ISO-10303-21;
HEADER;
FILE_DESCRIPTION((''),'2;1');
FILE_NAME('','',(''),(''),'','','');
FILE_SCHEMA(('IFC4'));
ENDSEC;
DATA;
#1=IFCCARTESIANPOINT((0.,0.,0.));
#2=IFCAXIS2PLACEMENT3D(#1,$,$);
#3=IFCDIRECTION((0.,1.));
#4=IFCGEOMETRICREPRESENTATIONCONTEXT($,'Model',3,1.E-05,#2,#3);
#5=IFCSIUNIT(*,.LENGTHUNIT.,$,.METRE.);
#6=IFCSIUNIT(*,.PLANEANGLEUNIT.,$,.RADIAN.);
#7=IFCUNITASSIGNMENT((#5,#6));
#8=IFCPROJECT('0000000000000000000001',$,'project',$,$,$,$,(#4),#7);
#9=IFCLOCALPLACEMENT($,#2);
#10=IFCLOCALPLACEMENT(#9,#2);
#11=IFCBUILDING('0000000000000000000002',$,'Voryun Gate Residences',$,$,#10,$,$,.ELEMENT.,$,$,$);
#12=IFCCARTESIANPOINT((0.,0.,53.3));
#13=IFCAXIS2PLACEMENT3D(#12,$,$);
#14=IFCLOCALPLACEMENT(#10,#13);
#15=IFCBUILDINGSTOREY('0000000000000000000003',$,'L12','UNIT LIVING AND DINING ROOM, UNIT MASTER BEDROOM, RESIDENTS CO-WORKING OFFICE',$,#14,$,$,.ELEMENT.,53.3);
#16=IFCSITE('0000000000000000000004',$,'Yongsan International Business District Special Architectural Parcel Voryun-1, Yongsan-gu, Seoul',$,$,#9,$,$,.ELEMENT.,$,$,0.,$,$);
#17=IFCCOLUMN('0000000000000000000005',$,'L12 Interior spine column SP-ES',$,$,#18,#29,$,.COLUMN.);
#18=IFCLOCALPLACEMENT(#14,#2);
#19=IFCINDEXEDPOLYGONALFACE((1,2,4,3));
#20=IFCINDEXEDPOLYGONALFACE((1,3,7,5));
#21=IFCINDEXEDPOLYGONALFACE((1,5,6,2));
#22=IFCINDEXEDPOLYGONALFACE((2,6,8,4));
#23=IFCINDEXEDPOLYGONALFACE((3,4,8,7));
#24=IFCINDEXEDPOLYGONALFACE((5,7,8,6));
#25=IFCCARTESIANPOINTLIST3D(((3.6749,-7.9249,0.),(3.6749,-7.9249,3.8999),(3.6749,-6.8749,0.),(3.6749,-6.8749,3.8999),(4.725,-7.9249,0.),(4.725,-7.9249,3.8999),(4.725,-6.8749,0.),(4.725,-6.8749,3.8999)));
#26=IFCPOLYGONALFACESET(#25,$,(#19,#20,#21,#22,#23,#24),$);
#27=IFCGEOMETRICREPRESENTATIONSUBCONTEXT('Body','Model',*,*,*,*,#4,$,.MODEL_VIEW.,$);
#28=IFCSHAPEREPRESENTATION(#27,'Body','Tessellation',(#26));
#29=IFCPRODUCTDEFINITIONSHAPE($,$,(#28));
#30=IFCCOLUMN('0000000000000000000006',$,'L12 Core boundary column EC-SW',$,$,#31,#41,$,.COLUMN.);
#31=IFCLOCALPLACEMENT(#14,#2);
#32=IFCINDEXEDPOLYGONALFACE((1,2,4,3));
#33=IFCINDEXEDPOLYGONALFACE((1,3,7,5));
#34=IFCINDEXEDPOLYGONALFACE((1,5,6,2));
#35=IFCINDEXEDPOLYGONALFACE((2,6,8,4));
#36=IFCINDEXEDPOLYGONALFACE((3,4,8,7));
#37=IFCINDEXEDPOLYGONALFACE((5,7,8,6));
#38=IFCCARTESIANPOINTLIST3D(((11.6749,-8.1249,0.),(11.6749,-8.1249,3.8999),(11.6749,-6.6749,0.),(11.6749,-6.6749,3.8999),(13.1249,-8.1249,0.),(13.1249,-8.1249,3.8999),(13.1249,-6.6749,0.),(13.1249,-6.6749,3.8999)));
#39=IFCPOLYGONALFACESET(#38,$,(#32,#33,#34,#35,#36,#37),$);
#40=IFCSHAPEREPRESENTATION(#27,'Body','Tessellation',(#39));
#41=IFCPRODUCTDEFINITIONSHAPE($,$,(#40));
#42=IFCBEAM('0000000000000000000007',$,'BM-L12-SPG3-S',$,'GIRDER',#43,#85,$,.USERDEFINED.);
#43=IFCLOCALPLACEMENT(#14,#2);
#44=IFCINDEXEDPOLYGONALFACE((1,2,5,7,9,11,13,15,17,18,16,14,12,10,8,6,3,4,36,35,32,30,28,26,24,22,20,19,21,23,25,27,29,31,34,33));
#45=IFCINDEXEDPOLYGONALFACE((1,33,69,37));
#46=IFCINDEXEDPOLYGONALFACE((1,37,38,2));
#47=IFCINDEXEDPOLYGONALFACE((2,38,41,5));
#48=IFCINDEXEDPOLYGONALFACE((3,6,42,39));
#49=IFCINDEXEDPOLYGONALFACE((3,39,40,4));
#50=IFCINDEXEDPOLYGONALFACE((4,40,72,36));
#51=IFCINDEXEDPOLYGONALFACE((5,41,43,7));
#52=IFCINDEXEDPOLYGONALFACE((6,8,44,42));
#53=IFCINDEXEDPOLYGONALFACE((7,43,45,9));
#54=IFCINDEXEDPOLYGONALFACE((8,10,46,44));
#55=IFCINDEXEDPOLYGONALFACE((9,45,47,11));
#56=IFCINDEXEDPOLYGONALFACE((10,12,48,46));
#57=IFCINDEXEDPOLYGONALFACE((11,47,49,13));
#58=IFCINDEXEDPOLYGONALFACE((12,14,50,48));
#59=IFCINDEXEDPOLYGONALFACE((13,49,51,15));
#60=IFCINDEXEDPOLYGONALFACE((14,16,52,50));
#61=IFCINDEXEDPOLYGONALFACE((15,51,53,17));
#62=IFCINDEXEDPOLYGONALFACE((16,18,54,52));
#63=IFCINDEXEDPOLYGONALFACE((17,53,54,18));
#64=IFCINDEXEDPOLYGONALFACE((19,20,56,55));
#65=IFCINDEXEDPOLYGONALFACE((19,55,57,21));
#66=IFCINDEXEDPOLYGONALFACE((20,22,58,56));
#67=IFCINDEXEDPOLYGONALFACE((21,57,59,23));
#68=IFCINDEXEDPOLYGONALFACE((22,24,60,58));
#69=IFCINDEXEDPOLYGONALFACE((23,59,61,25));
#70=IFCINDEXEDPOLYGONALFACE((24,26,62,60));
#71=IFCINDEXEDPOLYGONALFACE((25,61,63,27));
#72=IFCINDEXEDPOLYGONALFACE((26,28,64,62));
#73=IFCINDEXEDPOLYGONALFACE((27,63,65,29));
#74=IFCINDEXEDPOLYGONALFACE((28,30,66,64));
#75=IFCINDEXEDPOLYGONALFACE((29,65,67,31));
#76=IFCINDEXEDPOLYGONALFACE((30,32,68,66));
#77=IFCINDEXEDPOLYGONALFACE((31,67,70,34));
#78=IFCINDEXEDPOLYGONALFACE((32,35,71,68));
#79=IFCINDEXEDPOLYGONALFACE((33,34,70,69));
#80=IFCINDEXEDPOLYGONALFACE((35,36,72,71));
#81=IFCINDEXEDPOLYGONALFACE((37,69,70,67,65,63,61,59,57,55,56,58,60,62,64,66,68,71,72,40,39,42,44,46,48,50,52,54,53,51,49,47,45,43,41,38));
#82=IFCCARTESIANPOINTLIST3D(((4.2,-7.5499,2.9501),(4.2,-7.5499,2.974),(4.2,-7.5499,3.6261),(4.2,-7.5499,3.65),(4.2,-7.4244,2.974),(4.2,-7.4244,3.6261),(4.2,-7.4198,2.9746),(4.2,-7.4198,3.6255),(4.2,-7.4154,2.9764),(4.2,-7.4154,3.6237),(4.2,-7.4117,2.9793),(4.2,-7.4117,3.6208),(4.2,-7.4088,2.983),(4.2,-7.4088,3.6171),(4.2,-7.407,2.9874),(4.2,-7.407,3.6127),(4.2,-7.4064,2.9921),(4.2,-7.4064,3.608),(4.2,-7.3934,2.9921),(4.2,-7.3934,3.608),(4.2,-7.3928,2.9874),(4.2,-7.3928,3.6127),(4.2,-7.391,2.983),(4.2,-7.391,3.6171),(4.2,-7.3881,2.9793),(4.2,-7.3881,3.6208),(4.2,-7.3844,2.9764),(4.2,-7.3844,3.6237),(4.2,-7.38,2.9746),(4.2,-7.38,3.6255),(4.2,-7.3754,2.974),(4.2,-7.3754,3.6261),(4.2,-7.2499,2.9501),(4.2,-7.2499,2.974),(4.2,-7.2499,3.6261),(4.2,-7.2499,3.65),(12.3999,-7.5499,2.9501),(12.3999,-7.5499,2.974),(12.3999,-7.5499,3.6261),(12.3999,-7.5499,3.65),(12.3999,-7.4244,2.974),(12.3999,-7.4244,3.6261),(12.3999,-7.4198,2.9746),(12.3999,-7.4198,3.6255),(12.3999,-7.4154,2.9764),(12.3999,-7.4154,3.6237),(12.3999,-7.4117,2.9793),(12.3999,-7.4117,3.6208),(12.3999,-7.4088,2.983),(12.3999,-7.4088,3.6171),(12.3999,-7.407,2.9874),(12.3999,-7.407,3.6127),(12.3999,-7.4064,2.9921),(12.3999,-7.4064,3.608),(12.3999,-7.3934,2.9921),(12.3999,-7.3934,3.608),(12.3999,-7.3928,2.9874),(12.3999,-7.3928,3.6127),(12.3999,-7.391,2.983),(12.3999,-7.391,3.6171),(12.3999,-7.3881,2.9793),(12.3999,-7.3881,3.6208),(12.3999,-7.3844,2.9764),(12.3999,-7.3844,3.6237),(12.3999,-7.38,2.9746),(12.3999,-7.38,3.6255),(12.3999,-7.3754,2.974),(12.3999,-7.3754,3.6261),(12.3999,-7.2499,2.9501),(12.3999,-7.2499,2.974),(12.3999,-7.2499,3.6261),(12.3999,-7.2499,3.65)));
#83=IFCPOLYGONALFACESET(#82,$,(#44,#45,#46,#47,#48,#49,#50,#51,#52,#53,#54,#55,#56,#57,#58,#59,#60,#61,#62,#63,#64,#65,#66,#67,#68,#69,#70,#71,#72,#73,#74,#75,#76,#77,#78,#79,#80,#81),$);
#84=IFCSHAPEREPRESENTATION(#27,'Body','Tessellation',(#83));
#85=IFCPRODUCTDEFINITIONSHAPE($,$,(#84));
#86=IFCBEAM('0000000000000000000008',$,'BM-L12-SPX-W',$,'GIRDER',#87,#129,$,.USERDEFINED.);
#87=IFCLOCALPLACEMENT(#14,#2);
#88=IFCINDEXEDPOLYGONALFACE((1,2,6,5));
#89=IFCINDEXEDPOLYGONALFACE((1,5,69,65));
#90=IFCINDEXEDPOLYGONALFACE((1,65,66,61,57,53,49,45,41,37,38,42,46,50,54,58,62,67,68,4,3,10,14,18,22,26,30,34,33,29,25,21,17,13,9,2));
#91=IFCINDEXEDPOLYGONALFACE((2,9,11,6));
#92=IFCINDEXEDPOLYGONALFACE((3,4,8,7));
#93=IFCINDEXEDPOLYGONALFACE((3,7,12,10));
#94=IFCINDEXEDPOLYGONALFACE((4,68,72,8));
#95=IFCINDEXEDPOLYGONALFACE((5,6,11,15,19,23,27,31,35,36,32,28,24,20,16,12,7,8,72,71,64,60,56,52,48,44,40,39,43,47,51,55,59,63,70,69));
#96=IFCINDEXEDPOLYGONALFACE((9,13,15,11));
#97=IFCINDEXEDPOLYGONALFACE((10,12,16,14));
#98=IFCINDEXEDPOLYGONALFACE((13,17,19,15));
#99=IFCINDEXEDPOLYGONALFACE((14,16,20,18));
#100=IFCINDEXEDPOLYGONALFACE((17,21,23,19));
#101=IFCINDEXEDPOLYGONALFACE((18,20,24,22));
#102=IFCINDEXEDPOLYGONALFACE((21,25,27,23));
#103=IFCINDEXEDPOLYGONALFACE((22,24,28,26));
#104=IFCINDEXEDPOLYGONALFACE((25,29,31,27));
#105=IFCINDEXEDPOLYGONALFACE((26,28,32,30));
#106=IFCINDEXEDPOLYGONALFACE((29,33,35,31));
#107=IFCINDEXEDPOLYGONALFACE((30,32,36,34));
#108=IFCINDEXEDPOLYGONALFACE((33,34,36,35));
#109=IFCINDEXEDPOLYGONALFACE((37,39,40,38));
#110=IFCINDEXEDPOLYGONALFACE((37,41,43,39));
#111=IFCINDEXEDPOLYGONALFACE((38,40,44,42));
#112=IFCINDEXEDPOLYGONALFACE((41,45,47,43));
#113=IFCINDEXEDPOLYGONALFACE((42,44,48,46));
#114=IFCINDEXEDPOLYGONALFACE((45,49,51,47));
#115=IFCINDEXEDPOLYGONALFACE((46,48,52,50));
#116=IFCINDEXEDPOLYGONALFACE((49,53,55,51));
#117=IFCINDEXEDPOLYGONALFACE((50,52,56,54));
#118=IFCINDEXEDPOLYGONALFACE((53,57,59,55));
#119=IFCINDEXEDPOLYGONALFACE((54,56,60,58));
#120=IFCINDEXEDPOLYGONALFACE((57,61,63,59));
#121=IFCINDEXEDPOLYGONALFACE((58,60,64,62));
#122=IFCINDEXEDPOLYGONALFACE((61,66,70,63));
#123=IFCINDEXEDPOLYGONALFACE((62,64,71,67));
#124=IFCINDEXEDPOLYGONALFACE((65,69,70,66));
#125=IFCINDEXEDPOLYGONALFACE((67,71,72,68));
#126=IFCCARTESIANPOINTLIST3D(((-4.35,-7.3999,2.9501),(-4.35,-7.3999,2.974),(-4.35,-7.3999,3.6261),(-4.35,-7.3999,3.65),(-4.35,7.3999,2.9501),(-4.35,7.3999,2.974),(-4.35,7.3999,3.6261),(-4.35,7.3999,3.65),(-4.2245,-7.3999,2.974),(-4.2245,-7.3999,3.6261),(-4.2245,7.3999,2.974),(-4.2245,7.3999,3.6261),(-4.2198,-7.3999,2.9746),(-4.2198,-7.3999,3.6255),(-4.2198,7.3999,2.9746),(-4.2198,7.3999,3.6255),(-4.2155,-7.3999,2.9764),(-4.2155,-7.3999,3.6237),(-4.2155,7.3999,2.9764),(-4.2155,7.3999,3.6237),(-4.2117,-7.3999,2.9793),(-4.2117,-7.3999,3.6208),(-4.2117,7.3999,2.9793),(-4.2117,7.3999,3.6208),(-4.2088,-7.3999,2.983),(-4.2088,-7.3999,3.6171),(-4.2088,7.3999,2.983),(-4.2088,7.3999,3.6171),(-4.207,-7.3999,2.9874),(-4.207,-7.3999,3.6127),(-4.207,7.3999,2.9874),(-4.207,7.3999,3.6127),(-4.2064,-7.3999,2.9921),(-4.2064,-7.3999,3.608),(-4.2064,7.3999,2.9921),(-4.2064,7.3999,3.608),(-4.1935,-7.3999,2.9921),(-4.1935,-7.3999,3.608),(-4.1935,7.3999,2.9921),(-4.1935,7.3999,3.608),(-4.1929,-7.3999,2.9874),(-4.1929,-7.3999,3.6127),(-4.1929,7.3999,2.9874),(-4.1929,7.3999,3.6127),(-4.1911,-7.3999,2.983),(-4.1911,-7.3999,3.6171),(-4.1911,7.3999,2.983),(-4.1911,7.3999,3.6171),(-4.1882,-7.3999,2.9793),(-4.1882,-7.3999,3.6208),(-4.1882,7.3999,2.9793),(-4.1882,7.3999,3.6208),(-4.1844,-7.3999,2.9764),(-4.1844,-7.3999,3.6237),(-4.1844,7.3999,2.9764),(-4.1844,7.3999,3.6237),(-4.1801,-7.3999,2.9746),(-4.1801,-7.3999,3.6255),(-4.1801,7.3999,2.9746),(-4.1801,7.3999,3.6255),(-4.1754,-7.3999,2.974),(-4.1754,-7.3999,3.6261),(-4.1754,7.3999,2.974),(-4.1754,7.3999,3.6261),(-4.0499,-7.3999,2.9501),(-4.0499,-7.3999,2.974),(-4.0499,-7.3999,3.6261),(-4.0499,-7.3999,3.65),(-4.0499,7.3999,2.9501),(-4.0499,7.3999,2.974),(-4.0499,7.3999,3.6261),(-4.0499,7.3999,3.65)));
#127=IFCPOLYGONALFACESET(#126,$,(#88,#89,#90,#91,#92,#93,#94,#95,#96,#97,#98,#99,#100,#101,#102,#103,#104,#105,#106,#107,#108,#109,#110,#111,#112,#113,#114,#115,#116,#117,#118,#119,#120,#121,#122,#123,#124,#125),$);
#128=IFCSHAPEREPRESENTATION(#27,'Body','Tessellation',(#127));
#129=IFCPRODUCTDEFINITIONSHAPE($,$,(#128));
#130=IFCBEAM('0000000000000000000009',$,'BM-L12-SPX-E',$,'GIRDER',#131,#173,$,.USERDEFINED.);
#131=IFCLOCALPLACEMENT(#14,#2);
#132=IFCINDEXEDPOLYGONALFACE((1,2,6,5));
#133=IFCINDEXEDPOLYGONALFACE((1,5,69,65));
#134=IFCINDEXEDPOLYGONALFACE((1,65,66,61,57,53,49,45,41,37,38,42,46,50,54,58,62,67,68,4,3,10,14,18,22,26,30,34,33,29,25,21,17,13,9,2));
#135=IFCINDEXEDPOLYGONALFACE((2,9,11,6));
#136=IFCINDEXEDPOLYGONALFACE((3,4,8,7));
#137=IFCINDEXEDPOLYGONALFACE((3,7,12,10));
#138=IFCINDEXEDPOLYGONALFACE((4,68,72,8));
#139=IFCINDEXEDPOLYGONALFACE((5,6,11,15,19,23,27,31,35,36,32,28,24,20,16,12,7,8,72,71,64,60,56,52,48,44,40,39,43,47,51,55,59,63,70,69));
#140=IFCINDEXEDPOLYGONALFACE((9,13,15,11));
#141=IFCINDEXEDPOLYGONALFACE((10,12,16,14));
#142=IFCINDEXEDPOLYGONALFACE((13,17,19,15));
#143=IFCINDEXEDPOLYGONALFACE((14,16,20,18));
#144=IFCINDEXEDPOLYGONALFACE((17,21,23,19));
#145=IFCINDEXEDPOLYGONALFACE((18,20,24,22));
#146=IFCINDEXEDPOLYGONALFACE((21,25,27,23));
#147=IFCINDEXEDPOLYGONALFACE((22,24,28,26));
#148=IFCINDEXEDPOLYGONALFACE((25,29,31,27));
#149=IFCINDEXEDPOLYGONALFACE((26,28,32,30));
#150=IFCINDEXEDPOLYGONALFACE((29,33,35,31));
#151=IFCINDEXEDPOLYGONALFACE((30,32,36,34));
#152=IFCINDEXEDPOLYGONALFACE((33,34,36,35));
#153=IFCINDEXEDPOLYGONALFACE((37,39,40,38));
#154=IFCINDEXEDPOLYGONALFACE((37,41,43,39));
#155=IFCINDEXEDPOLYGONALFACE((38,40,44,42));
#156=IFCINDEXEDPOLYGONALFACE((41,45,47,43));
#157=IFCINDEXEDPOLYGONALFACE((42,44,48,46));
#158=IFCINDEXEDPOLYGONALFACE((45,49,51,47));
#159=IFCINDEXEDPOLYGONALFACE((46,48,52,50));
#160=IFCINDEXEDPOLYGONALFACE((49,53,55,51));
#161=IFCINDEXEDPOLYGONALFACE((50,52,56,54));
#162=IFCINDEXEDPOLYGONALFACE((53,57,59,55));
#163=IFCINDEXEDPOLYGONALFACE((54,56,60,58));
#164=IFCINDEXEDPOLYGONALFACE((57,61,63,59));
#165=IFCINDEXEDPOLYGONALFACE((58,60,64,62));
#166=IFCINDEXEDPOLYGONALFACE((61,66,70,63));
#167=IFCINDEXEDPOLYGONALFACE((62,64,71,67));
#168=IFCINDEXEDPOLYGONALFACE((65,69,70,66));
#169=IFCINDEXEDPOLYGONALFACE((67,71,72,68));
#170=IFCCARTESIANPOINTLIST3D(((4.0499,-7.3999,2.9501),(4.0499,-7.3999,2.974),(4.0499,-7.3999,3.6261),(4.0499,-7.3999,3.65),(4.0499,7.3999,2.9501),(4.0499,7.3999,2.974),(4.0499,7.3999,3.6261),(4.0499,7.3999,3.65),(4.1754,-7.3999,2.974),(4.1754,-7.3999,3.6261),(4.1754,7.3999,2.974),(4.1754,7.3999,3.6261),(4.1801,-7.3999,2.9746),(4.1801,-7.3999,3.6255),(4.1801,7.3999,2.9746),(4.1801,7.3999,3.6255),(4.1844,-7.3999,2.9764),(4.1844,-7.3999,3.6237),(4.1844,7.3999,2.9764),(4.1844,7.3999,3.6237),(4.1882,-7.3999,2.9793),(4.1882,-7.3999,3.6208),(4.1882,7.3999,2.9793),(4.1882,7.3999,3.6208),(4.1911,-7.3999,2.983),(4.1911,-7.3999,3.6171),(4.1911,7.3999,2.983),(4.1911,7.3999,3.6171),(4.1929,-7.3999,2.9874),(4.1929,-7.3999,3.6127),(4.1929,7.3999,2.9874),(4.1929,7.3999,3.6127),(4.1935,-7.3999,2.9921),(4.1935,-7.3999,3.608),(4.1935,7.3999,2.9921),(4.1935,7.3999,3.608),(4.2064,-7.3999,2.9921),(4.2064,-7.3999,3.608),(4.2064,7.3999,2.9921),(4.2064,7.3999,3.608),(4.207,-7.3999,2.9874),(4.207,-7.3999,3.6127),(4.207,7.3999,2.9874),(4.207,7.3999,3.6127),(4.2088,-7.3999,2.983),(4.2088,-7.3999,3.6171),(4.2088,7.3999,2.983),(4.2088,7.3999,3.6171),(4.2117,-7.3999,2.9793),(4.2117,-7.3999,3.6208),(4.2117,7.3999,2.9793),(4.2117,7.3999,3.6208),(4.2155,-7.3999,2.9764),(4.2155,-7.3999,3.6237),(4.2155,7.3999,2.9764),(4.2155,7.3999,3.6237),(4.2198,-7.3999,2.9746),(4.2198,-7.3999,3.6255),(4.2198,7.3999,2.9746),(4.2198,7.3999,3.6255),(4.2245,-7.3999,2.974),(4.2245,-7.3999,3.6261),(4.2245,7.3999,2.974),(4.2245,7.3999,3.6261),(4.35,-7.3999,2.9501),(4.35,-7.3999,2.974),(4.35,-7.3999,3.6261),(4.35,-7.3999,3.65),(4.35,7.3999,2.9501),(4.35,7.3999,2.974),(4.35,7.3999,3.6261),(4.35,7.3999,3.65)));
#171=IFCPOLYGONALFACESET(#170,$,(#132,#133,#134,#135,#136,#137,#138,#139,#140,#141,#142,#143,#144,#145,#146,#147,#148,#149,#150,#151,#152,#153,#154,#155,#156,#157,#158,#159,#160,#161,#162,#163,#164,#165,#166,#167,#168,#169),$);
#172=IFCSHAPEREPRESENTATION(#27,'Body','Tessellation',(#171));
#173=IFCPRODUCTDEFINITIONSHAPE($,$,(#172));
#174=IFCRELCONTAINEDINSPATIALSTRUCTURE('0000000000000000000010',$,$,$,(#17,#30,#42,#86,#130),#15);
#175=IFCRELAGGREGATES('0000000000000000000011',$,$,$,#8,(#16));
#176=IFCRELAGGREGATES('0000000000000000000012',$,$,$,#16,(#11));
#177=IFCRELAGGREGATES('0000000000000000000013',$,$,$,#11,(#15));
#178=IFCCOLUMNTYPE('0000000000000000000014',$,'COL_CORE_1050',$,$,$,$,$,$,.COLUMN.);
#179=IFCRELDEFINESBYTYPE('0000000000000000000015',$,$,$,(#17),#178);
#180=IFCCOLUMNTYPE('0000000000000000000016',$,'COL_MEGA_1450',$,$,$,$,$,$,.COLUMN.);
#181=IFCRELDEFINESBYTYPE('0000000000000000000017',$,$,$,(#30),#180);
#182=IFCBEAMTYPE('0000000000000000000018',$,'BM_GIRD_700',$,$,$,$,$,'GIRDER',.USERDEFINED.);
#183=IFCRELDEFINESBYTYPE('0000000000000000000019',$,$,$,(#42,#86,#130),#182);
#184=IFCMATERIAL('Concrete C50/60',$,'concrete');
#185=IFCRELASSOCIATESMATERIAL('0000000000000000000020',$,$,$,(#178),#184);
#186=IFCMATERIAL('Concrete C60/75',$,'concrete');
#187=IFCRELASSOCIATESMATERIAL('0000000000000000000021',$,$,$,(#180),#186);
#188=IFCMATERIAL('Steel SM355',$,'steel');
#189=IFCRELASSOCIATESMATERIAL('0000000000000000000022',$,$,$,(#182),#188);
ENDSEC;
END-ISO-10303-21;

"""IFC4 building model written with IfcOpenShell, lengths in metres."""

from ifc_helpers import new_model, si_unit, direction, frame, origin, origin_2d, place, context, subcontext, project, spatial, rectangle, i_section, extrude, material, material_profile, profile_set, type_object, element, save


model = new_model("IFC4")

# Units and contexts
model_context = context("Model", 3, precision=1e-05, world=origin(), true_north=direction((0.0, 1.0)))
body_context = subcontext(model_context, "Body", "Model", "MODEL_VIEW")
ifc_project = project(units=[si_unit("LENGTHUNIT", "METRE"), si_unit("PLANEANGLEUNIT", "RADIAN")], contexts=[model_context])

# Site, building, storey
site_placement = place(None, origin())
site = spatial("IfcSite", under=ifc_project, at=site_placement, Name="Yongsan International Business District Special Architectural Parcel Voryun-1, Yongsan-gu, Seoul", CompositionType="ELEMENT", RefElevation=0.0)
building_placement = place(site_placement, origin())
building = spatial("IfcBuilding", under=site, at=building_placement, Name="Voryun Gate Residences", CompositionType="ELEMENT")
storey_placement = place(building_placement, frame((0.0, 0.0, 53.3)))
storey = spatial("IfcBuildingStorey", under=building, at=storey_placement, Name="L12", Description="UNIT LIVING AND DINING ROOM, UNIT MASTER BEDROOM, RESIDENTS CO-WORKING OFFICE", CompositionType="ELEMENT", Elevation=53.3)

# Columns
ifc_material_1 = material(Name="Concrete C50/60", Category="concrete")
ifc_material_profile_1 = material_profile(ifc_material_1, rectangle(XDim=1.05, YDim=1.05, at=origin_2d()), Name="RC-1050x1050")
ifc_profile_set_1 = profile_set([ifc_material_profile_1], Name="Concrete C50/60")
column_type_1 = type_object("IfcColumnType", Name="COL_CORE_1050", PredefinedType="COLUMN", material=ifc_profile_set_1)
column_1_placement = place(storey_placement, frame((4.2, -7.3999, 0.0), z_axis=(0.0, 0.0, 1.0), x_axis=(1.0, 0.0, 0.0)))
element("IfcColumn", 1, at=column_1_placement, inside=storey, type_object=column_type_1, Name="L12 Interior spine column SP-ES", PredefinedType="COLUMN", context=body_context, shape_type="SweptSolid", body=[
    extrude(rectangle(XDim=1.05, YDim=1.05, at=origin_2d()), origin(), (0.0, 0.0, 1.0), 3.8999),
])
ifc_material_2 = material(Name="Concrete C60/75", Category="concrete")
ifc_material_profile_2 = material_profile(ifc_material_2, rectangle(XDim=1.45, YDim=1.45, at=origin_2d()), Name="RC-1450x1450")
ifc_profile_set_2 = profile_set([ifc_material_profile_2], Name="Concrete C60/75")
column_type_2 = type_object("IfcColumnType", Name="COL_MEGA_1450", PredefinedType="COLUMN", material=ifc_profile_set_2)
column_2_placement = place(storey_placement, frame((12.3999, -7.3999, 0.0), z_axis=(0.0, 0.0, 1.0), x_axis=(1.0, 0.0, 0.0)))
element("IfcColumn", 2, at=column_2_placement, inside=storey, type_object=column_type_2, Name="L12 Core boundary column EC-SW", PredefinedType="COLUMN", context=body_context, shape_type="SweptSolid", body=[
    extrude(rectangle(XDim=1.45, YDim=1.45, at=origin_2d()), origin(), (0.0, 0.0, 1.0), 3.8999),
])

# Beams
ifc_material_3 = material(Name="Steel SM355", Category="steel")
ifc_material_profile_3 = material_profile(ifc_material_3, i_section(OverallWidth=0.3, OverallDepth=0.7, WebThickness=0.0129, FlangeThickness=0.0239, FilletRadius=0.0181, at=origin_2d()), Name="H-700x300x13x24")
ifc_profile_set_3 = profile_set([ifc_material_profile_3], Name="Steel SM355")
beam_type_1 = type_object("IfcBeamType", Name="BM_GIRD_700", ElementType="GIRDER", PredefinedType="USERDEFINED", material=ifc_profile_set_3)
beam_1_placement = place(storey_placement, frame((4.2, -7.3999, 3.3), z_axis=(1.0, 0.0, 0.0), x_axis=(0.0, 1.0, 0.0)))
element("IfcBeam", 3, at=beam_1_placement, inside=storey, type_object=beam_type_1, Name="BM-L12-SPG3-S", ObjectType="GIRDER", PredefinedType="USERDEFINED", context=body_context, shape_type="SweptSolid", body=[
    extrude(i_section(OverallWidth=0.3, OverallDepth=0.7, WebThickness=0.0129, FlangeThickness=0.0239, FilletRadius=0.0181, at=origin_2d()), origin(), (0.0, 0.0, 1.0), 8.2),
])
for number, where, z_axis, x_axis, name in (
    (4, (-4.2, -7.3999, 3.3), (0.0, 1.0, 0.0), (-1.0, 0.0, 0.0), "BM-L12-SPX-W"),
    (5, (4.2, -7.3999, 3.3), (0.0, 1.0, 0.0), (-1.0, 0.0, 0.0), "BM-L12-SPX-E"),
):
    element("IfcBeam", number, at=place(storey_placement, frame(where, z_axis=z_axis, x_axis=x_axis)), inside=storey, type_object=beam_type_1, Name=name, ObjectType="GIRDER", PredefinedType="USERDEFINED", context=body_context, shape_type="SweptSolid", body=[
        extrude(i_section(OverallWidth=0.3, OverallDepth=0.7, WebThickness=0.0129, FlangeThickness=0.0239, FilletRadius=0.0181, at=origin_2d()), origin(), (0.0, 0.0, 1.0), 14.7998),
    ])

save(model, "model.ifc")
